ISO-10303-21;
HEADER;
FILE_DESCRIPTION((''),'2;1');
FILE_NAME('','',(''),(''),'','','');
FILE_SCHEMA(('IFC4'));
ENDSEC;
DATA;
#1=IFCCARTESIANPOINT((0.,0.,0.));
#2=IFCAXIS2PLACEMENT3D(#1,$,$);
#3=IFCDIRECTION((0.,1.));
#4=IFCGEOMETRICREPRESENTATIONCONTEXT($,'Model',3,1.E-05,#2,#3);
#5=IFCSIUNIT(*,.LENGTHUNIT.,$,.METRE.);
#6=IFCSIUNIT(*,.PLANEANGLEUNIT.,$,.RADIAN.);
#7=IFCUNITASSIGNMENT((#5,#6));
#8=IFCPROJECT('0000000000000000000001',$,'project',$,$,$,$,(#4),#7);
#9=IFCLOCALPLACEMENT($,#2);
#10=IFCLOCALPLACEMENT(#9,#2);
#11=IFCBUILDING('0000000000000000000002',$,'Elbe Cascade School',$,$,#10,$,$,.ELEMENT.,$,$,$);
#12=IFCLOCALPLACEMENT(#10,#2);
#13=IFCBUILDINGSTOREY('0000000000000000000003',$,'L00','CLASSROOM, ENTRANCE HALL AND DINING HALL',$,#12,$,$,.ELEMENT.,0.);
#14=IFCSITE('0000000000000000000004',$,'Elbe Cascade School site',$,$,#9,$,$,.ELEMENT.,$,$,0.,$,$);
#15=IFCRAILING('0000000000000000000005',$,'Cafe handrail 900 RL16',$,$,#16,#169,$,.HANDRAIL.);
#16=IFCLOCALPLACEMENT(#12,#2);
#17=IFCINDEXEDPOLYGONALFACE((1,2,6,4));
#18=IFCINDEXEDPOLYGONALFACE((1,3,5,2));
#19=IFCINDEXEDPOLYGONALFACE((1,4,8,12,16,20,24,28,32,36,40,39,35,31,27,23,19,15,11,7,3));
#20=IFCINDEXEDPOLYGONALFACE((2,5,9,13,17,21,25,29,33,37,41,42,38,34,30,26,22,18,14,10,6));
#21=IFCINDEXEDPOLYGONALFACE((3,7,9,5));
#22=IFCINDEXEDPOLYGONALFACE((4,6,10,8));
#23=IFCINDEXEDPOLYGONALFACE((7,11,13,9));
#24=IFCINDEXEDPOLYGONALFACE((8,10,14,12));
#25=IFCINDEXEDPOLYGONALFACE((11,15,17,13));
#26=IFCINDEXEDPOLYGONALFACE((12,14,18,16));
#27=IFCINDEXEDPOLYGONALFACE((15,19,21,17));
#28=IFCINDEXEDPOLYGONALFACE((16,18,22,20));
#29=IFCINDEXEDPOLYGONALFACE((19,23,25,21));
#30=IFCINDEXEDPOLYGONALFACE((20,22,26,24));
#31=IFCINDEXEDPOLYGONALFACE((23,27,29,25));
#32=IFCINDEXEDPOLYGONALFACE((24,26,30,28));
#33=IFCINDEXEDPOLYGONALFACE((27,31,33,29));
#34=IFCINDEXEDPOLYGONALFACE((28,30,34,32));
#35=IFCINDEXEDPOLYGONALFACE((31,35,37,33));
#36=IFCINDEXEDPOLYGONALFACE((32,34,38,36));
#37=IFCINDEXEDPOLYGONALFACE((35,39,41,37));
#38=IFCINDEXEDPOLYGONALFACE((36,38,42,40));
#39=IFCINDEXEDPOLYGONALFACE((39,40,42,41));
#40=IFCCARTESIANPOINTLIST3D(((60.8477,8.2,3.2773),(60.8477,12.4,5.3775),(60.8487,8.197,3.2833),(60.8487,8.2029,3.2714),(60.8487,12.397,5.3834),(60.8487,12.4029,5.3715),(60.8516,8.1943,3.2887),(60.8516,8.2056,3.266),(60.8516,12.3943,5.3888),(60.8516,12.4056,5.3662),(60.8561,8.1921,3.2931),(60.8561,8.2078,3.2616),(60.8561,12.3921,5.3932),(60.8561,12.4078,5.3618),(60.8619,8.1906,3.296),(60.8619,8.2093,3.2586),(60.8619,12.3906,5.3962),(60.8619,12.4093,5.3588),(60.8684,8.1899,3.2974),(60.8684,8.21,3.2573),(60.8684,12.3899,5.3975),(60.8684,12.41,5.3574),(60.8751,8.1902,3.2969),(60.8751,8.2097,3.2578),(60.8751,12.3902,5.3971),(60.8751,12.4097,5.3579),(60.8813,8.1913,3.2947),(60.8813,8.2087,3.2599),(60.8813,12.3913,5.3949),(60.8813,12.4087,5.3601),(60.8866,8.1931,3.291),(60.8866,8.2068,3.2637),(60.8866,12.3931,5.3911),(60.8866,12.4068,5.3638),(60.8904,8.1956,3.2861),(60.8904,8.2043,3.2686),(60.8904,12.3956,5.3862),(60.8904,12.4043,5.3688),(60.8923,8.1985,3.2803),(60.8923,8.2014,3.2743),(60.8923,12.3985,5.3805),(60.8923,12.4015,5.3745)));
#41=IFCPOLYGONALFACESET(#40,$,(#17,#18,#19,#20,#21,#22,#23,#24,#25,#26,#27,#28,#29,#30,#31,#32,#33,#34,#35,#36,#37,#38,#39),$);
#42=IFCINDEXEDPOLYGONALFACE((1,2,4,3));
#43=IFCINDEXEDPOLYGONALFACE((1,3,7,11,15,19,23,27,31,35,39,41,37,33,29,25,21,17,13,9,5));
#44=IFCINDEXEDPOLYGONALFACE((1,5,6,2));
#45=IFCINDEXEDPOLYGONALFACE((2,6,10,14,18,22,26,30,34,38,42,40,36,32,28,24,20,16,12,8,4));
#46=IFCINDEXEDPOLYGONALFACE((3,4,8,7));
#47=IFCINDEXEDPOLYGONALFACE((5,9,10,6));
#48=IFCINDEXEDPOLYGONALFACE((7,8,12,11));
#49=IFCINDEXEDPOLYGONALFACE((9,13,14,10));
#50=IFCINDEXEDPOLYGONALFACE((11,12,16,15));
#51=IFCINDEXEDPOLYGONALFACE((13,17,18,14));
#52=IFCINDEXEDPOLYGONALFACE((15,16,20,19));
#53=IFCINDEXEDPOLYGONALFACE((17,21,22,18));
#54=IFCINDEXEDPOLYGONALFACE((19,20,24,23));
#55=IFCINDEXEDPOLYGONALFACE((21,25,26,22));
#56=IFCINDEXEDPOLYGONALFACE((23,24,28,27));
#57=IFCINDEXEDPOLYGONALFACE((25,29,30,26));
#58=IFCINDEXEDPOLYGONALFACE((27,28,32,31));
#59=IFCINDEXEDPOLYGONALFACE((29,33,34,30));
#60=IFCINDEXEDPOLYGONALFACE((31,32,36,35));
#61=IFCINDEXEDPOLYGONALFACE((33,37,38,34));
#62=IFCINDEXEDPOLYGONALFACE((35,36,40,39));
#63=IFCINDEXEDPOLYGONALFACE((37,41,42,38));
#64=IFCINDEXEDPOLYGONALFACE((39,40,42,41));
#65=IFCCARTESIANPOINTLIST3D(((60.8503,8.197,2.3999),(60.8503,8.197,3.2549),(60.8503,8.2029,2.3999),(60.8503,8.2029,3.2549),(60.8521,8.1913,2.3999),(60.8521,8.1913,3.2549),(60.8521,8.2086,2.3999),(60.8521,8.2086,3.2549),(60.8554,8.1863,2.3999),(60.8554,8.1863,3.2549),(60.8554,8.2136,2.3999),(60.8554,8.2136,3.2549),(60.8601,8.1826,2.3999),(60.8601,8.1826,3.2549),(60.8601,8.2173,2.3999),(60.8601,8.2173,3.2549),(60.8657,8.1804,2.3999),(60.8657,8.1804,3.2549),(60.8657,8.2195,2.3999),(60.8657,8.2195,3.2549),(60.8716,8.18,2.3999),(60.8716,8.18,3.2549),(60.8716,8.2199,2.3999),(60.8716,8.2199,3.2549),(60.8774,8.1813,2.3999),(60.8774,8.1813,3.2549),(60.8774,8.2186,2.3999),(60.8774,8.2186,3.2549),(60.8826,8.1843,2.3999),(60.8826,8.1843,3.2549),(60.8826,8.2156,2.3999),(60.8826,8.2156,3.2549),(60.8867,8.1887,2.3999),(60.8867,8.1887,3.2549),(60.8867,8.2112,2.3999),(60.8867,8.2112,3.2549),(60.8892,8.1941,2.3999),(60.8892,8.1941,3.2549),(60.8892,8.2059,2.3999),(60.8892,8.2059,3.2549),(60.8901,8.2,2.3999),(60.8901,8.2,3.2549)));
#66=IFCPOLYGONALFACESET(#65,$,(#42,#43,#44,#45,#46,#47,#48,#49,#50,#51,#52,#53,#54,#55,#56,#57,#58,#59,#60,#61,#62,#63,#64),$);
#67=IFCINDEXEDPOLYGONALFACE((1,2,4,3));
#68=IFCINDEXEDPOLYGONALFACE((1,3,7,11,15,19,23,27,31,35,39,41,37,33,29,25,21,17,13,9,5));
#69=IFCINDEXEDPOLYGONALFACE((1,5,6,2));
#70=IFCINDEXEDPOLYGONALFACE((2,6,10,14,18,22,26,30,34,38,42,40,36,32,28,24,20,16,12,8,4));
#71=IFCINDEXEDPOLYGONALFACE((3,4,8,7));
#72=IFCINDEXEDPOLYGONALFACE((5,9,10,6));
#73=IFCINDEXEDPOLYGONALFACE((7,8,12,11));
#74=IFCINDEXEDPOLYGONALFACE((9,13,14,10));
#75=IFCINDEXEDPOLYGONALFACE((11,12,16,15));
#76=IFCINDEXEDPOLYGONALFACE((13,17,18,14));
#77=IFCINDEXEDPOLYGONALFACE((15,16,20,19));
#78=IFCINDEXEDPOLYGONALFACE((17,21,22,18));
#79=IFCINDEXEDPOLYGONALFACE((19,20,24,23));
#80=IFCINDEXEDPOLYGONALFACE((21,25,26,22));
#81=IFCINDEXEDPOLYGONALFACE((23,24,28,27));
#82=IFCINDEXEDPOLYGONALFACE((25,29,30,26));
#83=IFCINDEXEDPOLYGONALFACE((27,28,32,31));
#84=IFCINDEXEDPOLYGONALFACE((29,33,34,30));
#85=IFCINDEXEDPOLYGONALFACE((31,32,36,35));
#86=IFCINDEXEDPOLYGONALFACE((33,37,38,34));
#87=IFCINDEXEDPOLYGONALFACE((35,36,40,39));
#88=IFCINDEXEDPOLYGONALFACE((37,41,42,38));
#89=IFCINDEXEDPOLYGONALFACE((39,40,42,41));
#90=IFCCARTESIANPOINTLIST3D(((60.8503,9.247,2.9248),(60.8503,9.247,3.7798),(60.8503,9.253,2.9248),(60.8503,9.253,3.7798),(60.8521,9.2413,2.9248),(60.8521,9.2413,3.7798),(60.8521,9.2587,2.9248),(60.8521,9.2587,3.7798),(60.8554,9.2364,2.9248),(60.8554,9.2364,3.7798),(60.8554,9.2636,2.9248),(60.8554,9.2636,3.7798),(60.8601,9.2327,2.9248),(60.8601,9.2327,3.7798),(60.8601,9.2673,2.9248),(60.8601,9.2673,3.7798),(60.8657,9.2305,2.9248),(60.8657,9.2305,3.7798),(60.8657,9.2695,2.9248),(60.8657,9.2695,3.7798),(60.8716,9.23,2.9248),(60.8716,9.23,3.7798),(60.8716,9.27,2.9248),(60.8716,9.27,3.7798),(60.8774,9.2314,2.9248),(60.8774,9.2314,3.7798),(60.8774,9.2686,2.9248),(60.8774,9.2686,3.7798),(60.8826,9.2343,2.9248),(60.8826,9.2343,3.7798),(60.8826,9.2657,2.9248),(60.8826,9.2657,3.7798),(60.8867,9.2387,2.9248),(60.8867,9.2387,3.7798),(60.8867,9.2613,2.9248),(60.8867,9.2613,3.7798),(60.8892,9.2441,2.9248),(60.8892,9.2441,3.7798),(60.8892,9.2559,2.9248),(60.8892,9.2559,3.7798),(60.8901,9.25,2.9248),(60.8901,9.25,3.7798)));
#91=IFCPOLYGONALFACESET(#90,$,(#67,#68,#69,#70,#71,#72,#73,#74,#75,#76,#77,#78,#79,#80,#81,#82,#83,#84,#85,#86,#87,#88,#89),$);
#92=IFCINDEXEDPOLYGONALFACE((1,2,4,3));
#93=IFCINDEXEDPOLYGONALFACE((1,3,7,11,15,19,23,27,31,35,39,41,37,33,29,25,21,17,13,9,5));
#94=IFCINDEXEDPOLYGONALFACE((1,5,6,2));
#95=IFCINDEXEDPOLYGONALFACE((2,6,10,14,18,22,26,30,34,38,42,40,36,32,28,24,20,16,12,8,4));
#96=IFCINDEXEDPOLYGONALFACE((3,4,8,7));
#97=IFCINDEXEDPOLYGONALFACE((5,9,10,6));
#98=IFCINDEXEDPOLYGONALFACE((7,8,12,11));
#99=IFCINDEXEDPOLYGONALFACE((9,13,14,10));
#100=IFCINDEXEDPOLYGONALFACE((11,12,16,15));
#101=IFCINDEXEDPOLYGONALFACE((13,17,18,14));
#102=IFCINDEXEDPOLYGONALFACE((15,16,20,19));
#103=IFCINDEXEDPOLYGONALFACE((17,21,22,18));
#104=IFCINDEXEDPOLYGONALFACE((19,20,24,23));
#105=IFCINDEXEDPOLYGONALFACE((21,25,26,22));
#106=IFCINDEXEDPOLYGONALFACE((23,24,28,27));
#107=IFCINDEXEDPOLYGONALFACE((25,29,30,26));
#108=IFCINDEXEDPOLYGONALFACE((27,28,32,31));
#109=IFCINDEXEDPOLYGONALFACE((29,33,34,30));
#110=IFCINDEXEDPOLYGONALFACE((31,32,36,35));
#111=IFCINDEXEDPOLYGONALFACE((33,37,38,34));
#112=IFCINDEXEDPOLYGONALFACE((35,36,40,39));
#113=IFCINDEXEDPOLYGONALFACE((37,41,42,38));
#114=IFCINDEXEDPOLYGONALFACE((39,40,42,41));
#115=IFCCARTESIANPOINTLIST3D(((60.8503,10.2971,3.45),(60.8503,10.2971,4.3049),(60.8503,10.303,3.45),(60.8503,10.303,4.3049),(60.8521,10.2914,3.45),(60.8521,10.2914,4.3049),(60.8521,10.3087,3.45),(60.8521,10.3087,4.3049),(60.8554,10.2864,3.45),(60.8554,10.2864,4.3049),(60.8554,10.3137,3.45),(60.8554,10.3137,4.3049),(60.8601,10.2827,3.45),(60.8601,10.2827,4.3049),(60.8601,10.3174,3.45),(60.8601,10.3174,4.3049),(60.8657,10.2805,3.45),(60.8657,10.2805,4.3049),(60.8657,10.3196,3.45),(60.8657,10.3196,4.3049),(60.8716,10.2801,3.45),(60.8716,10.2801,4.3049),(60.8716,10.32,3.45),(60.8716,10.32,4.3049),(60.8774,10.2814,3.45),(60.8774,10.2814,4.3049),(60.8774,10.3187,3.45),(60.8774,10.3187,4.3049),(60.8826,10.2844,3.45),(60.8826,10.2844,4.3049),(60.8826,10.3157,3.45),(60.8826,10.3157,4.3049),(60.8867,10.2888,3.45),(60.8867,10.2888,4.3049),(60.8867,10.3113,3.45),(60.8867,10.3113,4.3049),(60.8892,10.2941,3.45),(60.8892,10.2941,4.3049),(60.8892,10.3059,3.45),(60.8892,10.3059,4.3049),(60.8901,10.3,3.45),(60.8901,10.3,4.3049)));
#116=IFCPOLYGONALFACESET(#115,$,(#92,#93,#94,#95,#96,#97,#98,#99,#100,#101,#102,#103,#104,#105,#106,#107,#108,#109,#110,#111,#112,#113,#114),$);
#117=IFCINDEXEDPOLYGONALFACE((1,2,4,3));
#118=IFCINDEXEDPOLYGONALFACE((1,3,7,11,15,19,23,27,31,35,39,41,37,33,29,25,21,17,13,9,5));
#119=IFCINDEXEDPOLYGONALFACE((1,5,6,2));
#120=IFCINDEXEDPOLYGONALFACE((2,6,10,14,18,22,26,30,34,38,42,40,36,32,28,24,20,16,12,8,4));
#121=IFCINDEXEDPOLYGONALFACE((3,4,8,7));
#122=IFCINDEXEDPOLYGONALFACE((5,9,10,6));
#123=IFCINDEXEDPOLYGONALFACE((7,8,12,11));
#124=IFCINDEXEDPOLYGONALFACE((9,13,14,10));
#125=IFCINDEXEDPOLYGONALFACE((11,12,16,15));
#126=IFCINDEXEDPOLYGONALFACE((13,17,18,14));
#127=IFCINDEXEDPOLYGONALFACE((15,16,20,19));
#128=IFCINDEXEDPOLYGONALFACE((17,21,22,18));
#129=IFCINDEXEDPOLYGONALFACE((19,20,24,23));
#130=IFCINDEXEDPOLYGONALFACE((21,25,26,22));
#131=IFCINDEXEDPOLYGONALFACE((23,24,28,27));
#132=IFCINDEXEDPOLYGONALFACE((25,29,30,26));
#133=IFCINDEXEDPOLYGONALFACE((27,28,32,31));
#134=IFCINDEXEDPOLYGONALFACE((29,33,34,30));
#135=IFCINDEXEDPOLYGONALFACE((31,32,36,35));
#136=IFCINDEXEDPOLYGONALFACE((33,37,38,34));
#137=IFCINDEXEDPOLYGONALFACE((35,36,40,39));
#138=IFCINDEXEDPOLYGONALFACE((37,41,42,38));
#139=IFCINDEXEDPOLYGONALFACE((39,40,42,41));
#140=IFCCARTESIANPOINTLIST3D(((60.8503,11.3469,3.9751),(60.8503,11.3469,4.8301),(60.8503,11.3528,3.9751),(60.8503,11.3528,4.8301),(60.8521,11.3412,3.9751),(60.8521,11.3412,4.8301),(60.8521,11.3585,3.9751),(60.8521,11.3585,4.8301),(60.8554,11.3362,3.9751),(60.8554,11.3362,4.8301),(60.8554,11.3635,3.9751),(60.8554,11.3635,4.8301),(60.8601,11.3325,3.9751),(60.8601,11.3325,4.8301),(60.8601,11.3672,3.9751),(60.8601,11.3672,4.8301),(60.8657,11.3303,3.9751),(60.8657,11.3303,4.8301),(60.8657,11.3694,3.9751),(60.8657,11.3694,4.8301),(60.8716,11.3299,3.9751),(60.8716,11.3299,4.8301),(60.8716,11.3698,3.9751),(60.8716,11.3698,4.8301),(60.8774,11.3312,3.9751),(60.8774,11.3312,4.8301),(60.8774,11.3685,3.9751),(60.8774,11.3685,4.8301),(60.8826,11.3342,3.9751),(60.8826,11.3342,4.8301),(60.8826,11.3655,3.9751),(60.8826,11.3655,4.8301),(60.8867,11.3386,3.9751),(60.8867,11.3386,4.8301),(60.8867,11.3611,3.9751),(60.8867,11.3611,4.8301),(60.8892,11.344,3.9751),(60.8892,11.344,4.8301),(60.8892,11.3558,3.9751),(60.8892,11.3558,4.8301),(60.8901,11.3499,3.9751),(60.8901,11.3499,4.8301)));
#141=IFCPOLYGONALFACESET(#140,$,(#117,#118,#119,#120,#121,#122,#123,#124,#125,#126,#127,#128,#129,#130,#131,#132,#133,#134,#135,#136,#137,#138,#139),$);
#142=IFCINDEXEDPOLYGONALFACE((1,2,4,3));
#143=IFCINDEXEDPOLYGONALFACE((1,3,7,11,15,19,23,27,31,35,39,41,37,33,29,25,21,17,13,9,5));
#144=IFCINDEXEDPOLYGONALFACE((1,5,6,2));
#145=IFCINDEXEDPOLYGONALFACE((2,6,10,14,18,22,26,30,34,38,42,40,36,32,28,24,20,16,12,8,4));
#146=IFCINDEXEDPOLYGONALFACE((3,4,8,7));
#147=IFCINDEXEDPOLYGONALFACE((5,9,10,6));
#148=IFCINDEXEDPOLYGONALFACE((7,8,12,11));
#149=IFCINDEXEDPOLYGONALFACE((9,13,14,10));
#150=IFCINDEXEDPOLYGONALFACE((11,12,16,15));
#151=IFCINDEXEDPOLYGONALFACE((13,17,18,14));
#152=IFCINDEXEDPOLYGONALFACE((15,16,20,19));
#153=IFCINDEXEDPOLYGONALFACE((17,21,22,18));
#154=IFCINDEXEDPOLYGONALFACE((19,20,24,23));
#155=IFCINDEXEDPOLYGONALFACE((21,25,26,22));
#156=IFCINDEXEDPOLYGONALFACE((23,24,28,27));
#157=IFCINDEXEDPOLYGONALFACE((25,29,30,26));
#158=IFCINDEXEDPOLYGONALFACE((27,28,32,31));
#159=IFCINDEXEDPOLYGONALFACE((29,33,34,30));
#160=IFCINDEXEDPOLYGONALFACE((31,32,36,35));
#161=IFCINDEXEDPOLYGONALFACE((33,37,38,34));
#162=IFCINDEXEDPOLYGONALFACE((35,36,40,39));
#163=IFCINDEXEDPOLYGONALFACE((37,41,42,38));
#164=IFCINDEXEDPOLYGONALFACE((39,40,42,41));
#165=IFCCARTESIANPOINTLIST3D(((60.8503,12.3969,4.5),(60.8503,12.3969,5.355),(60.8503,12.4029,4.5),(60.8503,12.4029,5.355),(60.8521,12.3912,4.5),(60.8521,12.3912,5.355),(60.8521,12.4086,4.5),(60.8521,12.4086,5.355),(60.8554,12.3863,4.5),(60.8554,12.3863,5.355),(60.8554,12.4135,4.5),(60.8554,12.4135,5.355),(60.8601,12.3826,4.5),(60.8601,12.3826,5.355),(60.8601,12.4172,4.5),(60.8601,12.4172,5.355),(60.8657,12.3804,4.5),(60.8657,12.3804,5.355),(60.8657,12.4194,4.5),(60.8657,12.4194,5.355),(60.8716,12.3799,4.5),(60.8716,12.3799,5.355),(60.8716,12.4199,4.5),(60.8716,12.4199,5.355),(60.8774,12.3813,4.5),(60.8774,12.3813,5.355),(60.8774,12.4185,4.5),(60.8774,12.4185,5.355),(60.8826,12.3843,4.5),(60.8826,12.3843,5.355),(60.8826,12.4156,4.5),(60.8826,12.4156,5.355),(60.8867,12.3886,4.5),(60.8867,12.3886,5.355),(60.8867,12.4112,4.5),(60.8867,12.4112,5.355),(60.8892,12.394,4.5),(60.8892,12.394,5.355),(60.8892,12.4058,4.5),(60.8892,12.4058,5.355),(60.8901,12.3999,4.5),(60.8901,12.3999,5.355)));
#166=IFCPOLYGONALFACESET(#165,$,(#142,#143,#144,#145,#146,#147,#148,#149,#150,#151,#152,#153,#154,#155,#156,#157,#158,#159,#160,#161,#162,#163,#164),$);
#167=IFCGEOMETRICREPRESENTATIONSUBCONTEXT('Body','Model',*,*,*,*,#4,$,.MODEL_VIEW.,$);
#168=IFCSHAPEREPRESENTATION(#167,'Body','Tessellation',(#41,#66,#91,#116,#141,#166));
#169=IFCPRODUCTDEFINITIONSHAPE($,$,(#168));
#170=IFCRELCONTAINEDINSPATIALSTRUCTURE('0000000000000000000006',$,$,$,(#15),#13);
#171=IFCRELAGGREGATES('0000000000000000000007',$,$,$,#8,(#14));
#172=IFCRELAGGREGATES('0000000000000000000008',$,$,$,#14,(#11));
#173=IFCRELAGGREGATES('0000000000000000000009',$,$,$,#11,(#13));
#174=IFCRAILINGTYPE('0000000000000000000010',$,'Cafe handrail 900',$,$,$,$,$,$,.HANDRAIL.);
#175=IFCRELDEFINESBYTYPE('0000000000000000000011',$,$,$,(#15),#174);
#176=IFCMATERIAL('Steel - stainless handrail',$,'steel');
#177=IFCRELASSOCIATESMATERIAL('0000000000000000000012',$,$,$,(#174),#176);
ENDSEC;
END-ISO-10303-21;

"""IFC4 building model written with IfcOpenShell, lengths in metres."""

from ifc_helpers import new_model, si_unit, direction, frame, origin, origin_2d, place, context, subcontext, project, spatial, circle, extrude, material, type_object, element, save


model = new_model("IFC4")

# Units and contexts
model_context = context("Model", 3, precision=1e-05, world=origin(), true_north=direction((0.0, 1.0)))
body_context = subcontext(model_context, "Body", "Model", "MODEL_VIEW")
ifc_project = project(units=[si_unit("LENGTHUNIT", "METRE"), si_unit("PLANEANGLEUNIT", "RADIAN")], contexts=[model_context])

# Site, building, storey
site_placement = place(None, origin())
site = spatial("IfcSite", under=ifc_project, at=site_placement, Name="Elbe Cascade School site", CompositionType="ELEMENT", RefElevation=0.0)
building_placement = place(site_placement, origin())
building = spatial("IfcBuilding", under=site, at=building_placement, Name="Elbe Cascade School", CompositionType="ELEMENT")
storey_placement = place(building_placement, origin())
storey = spatial("IfcBuildingStorey", under=building, at=storey_placement, Name="L00", Description="CLASSROOM, ENTRANCE HALL AND DINING HALL", CompositionType="ELEMENT", Elevation=0.0)

# Railing
ifc_material_1 = material(Name="Steel - stainless handrail", Category="steel")
railing_type_1 = type_object("IfcRailingType", Name="Cafe handrail 900", PredefinedType="HANDRAIL", material=ifc_material_1)
railing_1_placement = place(storey_placement, frame((60.8701, 8.2, 2.3999)))
element("IfcRailing", 1, at=railing_1_placement, inside=storey, type_object=railing_type_1, Name="Cafe handrail 900 RL16", PredefinedType="HANDRAIL", context=body_context, shape_type="SweptSolid", body=[
    extrude(circle(Radius=0.0225, at=origin_2d()), frame((0.0, 0.0, 0.8774), z_axis=(0.0, 0.894417, 0.447234), x_axis=(-1.0, 0.0, 0.0)), (0.0, 0.0, 1.0), 4.6958),
    extrude(circle(Radius=0.02, at=origin_2d()), origin(), (0.0, 0.0, 1.0), 0.855),
    extrude(circle(Radius=0.02, at=origin_2d()), frame((0.0, 1.05, 0.5249)), (0.0, 0.0, 1.0), 0.855),
    extrude(circle(Radius=0.02, at=origin_2d()), frame((0.0, 2.1001, 1.05)), (0.0, 0.0, 1.0), 0.855),
    extrude(circle(Radius=0.02, at=origin_2d()), frame((0.0, 3.1499, 1.5752)), (0.0, 0.0, 1.0), 0.855),
    extrude(circle(Radius=0.02, at=origin_2d()), frame((0.0, 4.2, 2.1001)), (0.0, 0.0, 1.0), 0.855),
])

save(model, "model.ifc")
